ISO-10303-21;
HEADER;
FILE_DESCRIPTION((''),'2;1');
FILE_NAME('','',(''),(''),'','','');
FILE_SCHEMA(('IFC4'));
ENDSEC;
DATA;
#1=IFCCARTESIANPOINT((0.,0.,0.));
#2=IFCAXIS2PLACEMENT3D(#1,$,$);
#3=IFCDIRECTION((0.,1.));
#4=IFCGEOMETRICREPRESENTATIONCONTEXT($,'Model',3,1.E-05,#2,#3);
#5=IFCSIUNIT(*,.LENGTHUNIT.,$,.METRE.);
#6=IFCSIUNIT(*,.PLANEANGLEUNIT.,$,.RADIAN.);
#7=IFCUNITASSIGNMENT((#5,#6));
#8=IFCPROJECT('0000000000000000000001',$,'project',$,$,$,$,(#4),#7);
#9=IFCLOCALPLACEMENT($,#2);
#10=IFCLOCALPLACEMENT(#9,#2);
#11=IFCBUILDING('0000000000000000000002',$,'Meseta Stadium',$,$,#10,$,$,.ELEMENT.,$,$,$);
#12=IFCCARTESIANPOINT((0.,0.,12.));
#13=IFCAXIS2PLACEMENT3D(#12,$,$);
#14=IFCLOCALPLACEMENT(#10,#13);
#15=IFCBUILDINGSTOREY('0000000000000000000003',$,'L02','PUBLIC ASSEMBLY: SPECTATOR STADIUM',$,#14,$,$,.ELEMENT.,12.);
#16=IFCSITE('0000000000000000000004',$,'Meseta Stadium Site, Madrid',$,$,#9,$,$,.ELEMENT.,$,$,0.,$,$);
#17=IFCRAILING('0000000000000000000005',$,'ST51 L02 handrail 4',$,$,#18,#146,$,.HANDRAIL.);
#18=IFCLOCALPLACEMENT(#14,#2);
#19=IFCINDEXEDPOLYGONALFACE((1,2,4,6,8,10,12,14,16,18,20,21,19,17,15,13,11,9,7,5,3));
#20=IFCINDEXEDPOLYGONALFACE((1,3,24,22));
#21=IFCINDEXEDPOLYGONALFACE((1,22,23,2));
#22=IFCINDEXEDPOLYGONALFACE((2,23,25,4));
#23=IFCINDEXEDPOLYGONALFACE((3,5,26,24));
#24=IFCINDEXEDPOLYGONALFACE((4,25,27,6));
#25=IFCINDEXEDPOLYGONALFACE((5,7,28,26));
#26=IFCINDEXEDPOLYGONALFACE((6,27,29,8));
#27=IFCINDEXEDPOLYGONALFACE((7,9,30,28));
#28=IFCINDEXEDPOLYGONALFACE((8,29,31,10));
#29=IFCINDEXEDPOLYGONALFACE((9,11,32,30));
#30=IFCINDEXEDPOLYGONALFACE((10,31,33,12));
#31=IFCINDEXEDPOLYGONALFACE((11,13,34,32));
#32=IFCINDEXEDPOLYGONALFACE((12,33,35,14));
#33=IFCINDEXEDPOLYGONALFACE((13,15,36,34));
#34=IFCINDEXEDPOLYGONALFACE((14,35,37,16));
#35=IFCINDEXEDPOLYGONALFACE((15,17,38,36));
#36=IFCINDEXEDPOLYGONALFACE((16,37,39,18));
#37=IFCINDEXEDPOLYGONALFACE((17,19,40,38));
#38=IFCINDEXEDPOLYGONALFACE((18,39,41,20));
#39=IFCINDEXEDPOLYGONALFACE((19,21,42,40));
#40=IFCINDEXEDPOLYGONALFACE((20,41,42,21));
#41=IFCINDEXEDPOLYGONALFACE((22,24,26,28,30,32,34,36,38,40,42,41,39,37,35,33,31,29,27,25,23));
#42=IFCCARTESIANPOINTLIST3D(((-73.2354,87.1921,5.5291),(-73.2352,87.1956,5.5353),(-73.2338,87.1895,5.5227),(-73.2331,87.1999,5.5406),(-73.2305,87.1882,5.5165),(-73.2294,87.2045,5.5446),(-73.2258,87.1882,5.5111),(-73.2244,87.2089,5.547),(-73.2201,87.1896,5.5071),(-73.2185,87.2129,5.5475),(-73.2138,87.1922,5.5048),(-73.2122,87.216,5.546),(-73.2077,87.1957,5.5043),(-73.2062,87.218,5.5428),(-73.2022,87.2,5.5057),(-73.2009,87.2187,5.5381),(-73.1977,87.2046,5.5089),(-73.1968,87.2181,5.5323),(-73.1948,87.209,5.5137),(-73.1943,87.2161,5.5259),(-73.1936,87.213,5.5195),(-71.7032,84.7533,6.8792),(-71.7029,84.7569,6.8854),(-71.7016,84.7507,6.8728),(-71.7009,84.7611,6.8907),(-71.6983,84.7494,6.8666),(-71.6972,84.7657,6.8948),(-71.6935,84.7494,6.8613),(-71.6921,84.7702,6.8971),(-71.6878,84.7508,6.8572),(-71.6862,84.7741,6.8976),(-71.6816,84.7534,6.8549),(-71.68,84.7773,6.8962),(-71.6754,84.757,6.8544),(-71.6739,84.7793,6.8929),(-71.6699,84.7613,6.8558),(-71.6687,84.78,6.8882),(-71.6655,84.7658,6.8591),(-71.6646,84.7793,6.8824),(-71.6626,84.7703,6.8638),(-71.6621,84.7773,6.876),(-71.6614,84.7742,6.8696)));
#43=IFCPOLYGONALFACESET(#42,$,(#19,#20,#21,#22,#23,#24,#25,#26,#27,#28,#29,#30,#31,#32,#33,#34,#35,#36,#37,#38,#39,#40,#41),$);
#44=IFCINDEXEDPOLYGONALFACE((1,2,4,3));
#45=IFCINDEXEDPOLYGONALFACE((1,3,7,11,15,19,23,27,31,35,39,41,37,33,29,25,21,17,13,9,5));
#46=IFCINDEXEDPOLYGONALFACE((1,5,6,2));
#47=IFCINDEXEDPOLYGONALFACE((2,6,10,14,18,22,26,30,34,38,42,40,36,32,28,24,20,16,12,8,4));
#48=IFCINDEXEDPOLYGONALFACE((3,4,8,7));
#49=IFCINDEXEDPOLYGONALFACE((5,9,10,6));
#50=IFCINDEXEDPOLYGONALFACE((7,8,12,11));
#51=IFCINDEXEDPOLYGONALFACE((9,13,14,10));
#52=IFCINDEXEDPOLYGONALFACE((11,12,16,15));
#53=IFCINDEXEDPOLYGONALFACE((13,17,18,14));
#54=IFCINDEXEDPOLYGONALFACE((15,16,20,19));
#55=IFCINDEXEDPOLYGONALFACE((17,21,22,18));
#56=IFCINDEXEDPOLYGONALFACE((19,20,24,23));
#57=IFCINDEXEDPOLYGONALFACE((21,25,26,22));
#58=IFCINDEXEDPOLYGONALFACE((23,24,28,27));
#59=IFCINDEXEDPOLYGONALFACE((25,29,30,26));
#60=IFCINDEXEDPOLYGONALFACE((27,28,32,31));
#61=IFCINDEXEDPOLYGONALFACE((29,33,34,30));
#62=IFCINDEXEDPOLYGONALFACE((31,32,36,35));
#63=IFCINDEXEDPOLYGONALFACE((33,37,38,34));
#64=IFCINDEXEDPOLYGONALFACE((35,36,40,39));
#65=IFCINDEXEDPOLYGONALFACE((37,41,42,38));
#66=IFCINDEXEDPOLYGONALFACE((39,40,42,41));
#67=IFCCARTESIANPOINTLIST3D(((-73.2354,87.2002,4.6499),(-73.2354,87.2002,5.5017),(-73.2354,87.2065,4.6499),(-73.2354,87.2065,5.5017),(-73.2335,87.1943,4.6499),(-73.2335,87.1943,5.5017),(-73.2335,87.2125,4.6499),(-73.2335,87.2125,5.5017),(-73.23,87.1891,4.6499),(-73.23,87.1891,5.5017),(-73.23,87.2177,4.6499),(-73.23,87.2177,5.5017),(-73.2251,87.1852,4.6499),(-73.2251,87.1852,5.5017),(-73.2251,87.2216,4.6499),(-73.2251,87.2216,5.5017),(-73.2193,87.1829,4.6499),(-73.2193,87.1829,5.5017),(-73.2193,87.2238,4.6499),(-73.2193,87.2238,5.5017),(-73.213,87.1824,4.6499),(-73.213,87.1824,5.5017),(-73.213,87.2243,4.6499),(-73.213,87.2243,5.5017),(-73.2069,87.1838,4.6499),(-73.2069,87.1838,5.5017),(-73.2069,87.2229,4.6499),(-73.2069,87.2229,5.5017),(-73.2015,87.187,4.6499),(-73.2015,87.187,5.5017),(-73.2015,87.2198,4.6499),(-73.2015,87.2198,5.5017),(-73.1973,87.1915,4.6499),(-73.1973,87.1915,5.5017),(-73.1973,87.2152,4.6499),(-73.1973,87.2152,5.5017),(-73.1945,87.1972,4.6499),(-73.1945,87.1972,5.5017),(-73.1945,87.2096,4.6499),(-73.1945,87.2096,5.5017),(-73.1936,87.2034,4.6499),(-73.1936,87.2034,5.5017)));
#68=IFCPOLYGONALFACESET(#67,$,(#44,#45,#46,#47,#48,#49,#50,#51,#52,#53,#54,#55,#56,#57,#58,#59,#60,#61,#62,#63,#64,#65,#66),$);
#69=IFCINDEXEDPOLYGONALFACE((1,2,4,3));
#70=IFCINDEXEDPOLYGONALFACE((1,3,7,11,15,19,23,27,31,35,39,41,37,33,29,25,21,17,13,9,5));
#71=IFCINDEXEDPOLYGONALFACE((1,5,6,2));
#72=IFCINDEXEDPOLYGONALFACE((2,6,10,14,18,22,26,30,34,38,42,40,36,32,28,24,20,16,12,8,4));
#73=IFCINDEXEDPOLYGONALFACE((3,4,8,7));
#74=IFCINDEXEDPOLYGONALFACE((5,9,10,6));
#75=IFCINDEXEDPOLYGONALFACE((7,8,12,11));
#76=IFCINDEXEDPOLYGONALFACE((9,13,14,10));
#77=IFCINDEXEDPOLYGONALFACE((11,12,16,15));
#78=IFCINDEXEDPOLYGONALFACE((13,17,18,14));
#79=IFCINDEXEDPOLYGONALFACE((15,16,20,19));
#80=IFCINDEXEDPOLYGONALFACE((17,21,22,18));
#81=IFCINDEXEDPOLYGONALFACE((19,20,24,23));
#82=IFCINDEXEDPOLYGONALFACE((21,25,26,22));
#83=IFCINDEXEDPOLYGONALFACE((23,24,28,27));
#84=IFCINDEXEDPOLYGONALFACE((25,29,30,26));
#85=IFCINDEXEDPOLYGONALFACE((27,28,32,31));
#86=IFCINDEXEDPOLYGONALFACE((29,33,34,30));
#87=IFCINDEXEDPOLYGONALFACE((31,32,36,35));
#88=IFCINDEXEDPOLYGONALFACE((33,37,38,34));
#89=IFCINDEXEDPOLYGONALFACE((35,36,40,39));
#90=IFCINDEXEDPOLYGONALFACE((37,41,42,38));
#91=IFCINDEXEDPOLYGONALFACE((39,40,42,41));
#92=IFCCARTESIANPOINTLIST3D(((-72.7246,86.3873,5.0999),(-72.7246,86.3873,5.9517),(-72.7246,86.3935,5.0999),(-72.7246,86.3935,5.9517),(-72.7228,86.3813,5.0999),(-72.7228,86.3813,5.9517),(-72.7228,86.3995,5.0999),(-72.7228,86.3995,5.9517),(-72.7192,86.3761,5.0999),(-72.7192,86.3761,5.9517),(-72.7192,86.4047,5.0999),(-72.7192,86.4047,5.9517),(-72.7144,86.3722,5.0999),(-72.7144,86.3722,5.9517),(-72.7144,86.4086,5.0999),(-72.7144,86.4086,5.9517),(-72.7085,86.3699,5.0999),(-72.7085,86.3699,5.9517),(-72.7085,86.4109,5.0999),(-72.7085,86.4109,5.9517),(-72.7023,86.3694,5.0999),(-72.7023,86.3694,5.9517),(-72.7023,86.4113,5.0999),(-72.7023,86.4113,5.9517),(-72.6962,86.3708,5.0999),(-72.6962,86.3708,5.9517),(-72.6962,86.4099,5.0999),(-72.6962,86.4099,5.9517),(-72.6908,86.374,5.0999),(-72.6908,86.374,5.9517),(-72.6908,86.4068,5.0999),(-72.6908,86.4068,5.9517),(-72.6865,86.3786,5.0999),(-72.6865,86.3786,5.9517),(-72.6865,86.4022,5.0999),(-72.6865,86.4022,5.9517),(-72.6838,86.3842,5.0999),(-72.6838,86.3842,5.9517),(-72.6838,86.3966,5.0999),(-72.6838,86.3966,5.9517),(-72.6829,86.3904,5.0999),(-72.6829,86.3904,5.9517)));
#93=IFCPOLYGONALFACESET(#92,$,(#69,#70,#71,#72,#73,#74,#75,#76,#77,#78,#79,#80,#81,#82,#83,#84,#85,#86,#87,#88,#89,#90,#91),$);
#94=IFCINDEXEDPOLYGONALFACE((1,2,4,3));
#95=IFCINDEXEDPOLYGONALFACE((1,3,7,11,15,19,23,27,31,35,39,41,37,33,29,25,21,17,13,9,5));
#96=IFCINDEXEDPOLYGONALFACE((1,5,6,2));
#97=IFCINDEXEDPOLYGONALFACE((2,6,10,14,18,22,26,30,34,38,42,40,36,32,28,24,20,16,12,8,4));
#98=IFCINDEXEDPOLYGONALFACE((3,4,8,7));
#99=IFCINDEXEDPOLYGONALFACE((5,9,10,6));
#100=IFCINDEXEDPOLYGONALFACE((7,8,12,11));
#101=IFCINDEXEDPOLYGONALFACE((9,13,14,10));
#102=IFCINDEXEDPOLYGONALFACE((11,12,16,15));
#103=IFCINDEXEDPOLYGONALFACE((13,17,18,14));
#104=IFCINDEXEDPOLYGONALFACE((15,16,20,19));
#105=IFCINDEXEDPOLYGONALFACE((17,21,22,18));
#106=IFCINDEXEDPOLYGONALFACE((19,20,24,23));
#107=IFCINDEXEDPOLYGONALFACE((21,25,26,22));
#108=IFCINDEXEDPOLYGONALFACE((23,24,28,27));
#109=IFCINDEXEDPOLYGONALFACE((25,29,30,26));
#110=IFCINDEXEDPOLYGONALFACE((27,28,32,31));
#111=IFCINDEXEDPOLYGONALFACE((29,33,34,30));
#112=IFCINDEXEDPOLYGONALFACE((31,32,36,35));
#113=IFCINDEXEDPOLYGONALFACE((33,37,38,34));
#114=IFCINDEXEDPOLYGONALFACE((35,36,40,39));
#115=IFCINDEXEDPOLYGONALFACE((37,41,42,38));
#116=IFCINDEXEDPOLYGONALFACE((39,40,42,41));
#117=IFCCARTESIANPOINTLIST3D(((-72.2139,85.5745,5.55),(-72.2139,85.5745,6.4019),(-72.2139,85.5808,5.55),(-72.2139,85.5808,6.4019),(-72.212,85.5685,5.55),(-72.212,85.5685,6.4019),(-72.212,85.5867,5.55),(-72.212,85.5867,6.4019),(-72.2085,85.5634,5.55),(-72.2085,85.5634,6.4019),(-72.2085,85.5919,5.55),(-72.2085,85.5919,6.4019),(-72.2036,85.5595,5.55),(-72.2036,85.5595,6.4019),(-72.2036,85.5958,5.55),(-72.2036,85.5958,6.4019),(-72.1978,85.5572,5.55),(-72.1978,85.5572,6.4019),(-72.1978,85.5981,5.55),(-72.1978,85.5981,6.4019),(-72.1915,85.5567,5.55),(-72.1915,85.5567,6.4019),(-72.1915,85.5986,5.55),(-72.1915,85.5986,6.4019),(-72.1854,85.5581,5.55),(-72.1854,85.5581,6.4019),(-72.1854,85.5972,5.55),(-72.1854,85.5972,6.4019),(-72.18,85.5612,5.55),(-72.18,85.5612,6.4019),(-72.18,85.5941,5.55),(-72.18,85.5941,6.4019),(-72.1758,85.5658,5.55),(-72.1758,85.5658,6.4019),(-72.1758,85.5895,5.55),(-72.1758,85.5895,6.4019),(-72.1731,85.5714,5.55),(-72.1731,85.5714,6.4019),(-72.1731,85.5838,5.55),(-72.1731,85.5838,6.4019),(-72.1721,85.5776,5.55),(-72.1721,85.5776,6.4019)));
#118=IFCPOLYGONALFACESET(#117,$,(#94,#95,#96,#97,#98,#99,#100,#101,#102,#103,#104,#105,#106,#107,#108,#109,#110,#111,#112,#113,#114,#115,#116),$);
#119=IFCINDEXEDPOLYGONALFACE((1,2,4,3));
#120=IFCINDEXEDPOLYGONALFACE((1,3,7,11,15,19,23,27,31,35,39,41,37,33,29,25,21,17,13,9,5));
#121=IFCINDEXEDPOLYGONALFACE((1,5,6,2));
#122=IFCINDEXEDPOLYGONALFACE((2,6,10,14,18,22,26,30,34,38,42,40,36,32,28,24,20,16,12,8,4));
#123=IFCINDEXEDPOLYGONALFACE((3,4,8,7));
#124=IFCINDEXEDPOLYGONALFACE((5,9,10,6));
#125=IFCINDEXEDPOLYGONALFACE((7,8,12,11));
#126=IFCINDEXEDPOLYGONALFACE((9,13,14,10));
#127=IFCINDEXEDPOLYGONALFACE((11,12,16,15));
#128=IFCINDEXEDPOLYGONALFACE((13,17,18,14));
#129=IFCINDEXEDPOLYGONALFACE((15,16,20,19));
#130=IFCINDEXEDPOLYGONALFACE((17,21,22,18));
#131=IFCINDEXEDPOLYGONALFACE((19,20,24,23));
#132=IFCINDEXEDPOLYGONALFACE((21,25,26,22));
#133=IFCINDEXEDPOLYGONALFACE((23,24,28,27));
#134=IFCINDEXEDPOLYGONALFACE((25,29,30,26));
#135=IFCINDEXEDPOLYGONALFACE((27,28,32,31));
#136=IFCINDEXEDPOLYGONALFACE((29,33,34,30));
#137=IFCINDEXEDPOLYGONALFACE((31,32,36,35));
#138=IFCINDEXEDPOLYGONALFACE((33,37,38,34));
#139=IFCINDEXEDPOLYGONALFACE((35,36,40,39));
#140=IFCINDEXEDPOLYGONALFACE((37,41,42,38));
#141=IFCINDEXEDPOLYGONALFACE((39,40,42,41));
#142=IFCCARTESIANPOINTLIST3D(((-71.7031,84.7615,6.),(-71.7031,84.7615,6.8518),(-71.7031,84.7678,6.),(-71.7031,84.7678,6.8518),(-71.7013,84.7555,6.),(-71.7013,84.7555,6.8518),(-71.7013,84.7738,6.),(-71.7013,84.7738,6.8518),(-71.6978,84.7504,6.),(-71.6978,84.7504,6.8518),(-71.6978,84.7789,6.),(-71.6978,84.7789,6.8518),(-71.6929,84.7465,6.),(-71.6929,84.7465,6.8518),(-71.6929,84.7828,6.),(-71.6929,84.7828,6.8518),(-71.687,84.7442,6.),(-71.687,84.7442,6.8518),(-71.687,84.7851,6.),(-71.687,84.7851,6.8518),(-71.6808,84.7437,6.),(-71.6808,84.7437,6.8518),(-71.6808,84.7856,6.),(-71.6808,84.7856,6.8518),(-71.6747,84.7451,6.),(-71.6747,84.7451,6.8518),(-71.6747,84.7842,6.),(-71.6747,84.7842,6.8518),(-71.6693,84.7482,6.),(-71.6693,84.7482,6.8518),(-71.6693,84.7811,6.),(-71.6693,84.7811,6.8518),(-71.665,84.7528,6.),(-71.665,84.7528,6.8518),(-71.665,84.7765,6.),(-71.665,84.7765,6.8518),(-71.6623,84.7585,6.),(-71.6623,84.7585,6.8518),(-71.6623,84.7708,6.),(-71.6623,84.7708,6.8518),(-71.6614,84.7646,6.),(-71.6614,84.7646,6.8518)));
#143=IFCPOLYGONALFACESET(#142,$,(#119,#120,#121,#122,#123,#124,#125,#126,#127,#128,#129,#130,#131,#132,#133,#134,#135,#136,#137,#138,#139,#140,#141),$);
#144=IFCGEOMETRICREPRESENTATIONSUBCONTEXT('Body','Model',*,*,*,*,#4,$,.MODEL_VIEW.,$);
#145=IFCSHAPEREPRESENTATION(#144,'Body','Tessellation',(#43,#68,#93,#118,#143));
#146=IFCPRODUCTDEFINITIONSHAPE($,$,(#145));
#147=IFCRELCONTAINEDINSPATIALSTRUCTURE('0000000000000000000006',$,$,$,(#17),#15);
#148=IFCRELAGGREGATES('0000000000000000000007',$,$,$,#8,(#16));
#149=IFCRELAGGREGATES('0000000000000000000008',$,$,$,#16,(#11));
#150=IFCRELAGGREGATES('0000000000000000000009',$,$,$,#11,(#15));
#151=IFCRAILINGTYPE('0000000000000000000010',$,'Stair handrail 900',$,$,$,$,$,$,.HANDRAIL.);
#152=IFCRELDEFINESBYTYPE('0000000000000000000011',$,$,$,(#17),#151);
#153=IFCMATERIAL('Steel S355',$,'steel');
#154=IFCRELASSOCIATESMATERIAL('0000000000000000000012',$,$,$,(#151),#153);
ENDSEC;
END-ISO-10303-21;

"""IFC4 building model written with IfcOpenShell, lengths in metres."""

from ifc_helpers import new_model, si_unit, direction, frame, origin, origin_2d, place, context, subcontext, project, spatial, circle, extrude, material, type_object, element, save


model = new_model("IFC4")

# Units and contexts
model_context = context("Model", 3, precision=1e-05, world=origin(), true_north=direction((0.0, 1.0)))
body_context = subcontext(model_context, "Body", "Model", "MODEL_VIEW")
ifc_project = project(units=[si_unit("LENGTHUNIT", "METRE"), si_unit("PLANEANGLEUNIT", "RADIAN")], contexts=[model_context])

# Site, building, storey
site_placement = place(None, origin())
site = spatial("IfcSite", under=ifc_project, at=site_placement, Name="Meseta Stadium Site, Madrid", CompositionType="ELEMENT", RefElevation=0.0)
building_placement = place(site_placement, origin())
building = spatial("IfcBuilding", under=site, at=building_placement, Name="Meseta Stadium", CompositionType="ELEMENT")
storey_placement = place(building_placement, frame((0.0, 0.0, 12.0)))
storey = spatial("IfcBuildingStorey", under=building, at=storey_placement, Name="L02", Description="PUBLIC ASSEMBLY: SPECTATOR STADIUM", CompositionType="ELEMENT", Elevation=12.0)

# Railing
ifc_material_1 = material(Name="Steel S355", Category="steel")
railing_type_1 = type_object("IfcRailingType", Name="Stair handrail 900", PredefinedType="HANDRAIL", material=ifc_material_1)
for number, where, name in (
    (1, (-73.2146, 87.2034, 4.6499), "ST51 L02 handrail 4"),
):
    element("IfcRailing", number, at=place(storey_placement, frame(where)), inside=storey, type_object=railing_type_1, Name=name, PredefinedType="HANDRAIL", context=body_context, shape_type="SweptSolid", body=[
        extrude(circle(Radius=0.0239, at=origin_2d()), frame((0.0, 0.0, 0.876), z_axis=(0.481703, -0.766687, 0.424445), x_axis=(0.846743, 0.532001, 0.0)), (0.0, 0.0, 1.0), 3.1809),
        extrude(circle(Radius=0.021, at=origin_2d()), origin(), (0.0, 0.0, 1.0), 0.8518),
        extrude(circle(Radius=0.021, at=origin_2d()), frame((0.5107, -0.813, 0.45)), (0.0, 0.0, 1.0), 0.8518),
        extrude(circle(Radius=0.021, at=origin_2d()), frame((1.0215, -1.6257, 0.9001)), (0.0, 0.0, 1.0), 0.8518),
        extrude(circle(Radius=0.021, at=origin_2d()), frame((1.5322, -2.4387, 1.3501)), (0.0, 0.0, 1.0), 0.8518),
    ])

save(model, "model.ifc")
